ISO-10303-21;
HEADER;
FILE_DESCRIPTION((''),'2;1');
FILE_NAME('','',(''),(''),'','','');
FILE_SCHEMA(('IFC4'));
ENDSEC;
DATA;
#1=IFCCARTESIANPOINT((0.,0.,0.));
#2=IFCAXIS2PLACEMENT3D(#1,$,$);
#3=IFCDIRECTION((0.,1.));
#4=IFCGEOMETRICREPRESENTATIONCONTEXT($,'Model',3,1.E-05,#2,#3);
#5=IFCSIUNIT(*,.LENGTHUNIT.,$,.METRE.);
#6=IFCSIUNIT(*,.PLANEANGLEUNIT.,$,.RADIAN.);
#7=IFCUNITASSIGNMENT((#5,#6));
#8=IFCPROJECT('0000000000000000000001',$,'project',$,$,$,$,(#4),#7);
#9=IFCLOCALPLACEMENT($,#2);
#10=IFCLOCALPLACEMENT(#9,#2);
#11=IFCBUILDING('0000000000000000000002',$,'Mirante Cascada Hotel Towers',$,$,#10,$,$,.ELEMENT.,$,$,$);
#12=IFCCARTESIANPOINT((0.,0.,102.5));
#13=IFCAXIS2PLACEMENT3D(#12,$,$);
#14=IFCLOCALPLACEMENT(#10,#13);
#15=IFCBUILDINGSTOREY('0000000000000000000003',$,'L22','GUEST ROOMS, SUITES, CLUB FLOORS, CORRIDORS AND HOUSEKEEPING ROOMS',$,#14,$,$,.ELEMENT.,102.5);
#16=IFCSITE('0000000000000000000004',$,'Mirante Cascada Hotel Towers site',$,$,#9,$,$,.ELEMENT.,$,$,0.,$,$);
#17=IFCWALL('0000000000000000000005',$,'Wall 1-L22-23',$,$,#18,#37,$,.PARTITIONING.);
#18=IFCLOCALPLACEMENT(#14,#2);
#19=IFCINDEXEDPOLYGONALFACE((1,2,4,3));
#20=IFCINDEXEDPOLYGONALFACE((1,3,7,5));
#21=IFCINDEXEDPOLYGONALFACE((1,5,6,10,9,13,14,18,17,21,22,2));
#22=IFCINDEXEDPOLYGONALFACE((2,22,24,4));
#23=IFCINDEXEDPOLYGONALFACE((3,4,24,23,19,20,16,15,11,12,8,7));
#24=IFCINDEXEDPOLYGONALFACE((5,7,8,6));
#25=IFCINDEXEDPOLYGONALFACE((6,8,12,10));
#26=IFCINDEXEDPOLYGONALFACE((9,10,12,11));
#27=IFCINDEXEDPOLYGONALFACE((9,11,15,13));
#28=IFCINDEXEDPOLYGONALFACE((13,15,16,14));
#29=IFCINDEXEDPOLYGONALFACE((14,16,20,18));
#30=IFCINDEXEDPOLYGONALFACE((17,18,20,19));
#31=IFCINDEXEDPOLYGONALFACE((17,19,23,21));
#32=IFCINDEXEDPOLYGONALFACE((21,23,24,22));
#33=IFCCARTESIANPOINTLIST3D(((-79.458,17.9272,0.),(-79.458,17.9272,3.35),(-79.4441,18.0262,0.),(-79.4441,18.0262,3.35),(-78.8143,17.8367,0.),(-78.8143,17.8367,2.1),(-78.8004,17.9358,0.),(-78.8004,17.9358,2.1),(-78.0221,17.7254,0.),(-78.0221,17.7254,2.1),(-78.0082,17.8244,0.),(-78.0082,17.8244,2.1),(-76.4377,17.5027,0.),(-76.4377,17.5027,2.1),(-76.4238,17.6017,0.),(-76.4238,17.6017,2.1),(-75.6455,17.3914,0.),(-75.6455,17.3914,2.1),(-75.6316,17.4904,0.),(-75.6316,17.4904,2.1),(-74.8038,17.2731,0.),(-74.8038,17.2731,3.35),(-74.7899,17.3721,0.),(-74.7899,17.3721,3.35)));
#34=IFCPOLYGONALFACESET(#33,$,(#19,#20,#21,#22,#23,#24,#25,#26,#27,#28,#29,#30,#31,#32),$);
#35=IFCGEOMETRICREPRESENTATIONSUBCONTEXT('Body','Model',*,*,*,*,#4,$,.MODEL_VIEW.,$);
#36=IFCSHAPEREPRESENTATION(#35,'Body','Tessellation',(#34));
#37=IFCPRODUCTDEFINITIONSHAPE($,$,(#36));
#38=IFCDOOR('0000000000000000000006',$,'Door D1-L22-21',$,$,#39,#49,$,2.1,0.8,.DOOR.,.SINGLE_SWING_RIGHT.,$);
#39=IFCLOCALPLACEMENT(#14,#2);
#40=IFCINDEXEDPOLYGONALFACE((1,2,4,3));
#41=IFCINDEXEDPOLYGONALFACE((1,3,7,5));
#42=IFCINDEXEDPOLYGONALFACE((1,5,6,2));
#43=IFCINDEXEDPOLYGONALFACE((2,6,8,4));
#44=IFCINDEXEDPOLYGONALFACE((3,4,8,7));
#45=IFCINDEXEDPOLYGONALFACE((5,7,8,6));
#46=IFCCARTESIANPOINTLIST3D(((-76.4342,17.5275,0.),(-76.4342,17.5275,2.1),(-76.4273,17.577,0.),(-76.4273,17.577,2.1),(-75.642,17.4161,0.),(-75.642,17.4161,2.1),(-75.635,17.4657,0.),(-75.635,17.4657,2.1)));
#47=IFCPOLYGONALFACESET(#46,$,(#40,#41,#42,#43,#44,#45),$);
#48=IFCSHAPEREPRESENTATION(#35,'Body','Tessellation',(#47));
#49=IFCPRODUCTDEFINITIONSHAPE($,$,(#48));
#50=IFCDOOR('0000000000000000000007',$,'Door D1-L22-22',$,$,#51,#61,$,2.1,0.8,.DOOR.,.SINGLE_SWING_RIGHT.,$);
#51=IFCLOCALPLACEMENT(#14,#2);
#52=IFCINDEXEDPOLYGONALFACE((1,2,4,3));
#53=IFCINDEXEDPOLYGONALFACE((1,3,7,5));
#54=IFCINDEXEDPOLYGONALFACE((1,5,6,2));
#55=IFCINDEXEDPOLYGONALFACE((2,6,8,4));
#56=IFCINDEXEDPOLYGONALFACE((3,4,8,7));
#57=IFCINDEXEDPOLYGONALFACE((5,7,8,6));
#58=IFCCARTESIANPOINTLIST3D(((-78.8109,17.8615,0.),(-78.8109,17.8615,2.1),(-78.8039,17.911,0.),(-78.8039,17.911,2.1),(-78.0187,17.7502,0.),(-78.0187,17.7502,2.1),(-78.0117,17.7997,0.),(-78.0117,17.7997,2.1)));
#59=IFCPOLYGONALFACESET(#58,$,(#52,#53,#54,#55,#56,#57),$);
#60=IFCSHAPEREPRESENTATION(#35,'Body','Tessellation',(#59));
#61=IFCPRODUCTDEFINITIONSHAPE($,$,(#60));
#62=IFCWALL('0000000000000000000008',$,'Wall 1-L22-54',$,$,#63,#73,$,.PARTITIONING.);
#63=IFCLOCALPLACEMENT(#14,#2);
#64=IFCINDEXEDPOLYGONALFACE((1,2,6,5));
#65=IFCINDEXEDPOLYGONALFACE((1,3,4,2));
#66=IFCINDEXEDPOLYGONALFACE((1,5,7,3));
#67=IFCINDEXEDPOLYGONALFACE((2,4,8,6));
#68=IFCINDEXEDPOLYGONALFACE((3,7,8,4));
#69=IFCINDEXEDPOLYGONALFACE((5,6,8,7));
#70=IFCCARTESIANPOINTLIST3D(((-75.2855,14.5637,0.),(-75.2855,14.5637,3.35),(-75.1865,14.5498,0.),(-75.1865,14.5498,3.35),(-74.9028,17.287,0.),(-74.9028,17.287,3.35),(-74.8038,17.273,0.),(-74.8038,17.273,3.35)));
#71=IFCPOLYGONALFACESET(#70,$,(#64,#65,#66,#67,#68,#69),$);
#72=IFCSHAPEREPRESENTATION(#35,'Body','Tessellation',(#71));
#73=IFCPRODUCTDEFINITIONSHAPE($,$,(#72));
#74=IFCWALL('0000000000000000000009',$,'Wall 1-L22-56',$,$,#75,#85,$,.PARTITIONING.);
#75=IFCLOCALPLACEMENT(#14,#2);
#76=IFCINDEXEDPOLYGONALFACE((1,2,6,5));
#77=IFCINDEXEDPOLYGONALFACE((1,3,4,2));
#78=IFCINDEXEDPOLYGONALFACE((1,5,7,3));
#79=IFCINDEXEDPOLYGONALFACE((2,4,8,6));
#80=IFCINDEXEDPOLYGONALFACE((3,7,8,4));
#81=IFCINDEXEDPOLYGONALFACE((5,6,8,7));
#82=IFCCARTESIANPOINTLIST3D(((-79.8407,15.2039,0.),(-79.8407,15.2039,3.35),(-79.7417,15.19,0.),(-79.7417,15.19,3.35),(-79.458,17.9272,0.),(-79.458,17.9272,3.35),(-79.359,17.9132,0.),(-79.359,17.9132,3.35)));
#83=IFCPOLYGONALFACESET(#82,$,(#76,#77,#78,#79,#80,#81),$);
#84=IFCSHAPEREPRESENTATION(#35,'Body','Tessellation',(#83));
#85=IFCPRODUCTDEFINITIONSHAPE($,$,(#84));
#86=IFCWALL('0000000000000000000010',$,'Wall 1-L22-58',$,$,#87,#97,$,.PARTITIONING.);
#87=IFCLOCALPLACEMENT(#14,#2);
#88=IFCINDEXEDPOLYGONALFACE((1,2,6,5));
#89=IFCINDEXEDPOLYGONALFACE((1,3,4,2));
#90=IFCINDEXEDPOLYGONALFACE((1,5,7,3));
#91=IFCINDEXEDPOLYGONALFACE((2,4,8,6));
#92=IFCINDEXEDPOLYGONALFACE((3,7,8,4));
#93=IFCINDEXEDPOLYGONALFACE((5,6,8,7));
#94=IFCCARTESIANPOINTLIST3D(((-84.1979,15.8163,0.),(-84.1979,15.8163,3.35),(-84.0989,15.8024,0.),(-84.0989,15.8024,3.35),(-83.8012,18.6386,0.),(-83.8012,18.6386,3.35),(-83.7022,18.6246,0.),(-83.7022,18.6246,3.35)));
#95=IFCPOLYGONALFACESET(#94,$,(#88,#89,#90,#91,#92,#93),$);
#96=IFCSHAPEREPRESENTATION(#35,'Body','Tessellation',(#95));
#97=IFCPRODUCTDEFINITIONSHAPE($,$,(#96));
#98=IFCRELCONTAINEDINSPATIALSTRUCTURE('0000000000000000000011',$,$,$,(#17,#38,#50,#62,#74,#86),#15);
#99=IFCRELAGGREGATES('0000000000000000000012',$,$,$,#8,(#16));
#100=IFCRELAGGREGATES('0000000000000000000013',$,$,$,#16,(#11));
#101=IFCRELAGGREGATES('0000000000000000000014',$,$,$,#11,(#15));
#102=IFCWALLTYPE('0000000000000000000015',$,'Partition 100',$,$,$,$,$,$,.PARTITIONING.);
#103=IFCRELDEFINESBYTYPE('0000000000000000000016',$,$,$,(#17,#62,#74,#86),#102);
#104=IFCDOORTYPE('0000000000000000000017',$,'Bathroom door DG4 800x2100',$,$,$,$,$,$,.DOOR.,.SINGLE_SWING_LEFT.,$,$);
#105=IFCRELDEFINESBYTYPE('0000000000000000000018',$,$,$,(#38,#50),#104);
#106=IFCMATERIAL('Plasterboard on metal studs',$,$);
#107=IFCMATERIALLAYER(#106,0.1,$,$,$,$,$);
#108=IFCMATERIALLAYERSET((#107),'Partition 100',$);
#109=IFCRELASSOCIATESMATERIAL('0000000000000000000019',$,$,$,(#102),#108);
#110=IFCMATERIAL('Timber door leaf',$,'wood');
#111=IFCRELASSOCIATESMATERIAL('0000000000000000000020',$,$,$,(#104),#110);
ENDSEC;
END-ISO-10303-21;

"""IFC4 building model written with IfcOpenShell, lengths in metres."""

from ifc_helpers import new_model, si_unit, direction, frame, frame_2d, origin, place, context, subcontext, project, spatial, rectangle, extrude, material, layer, layer_set, type_object, element, fill, save


model = new_model("IFC4")

# Units and contexts
model_context = context("Model", 3, precision=1e-05, world=origin(), true_north=direction((0.0, 1.0)))
body_context = subcontext(model_context, "Body", "Model", "MODEL_VIEW")
ifc_project = project(units=[si_unit("LENGTHUNIT", "METRE"), si_unit("PLANEANGLEUNIT", "RADIAN")], contexts=[model_context])

# Site, building, storey
site_placement = place(None, origin())
site = spatial("IfcSite", under=ifc_project, at=site_placement, Name="Mirante Cascada Hotel Towers site", CompositionType="ELEMENT", RefElevation=0.0)
building_placement = place(site_placement, origin())
building = spatial("IfcBuilding", under=site, at=building_placement, Name="Mirante Cascada Hotel Towers", CompositionType="ELEMENT")
storey_placement = place(building_placement, frame((0.0, 0.0, 102.5)))
storey = spatial("IfcBuildingStorey", under=building, at=storey_placement, Name="L22", Description="GUEST ROOMS, SUITES, CLUB FLOORS, CORRIDORS AND HOUSEKEEPING ROOMS", CompositionType="ELEMENT", Elevation=102.5)

# Shared definitions
ifc_material_1 = material(Name="Plasterboard on metal studs")
ifc_layer_1 = layer(ifc_material_1, 0.1)
ifc_layer_set_1 = layer_set([ifc_layer_1], Name="Partition 100")
wall_type_1 = type_object("IfcWallType", Name="Partition 100", PredefinedType="PARTITIONING", material=ifc_layer_set_1)
ifc_material_2 = material(Name="Timber door leaf", Category="wood")
door_type = type_object("IfcDoorType", Name="Bathroom door DG4 800x2100", OperationType="SINGLE_SWING_LEFT", PredefinedType="DOOR", material=ifc_material_2)

# Wall, openings, doors
wall_1_placement = place(storey_placement, frame((-74.7968, 17.3226, 0.0), z_axis=(0.0, 0.0, 1.0), x_axis=(-0.990268, 0.139172, 0.0)))
wall_1 = element("IfcWall", 1, at=wall_1_placement, inside=storey, type_object=wall_type_1, Name="Wall 1-L22-23", PredefinedType="PARTITIONING", context=body_context, shape_type="SweptSolid", body=[
    extrude(rectangle(XDim=4.6999, YDim=0.1, at=frame_2d((2.35, 0.0))), origin(), (0.0, 0.0, 1.0), 3.35),
])
opening_1_placement = place(wall_1_placement, frame((0.85, 0.0, 0.0)))
opening_1 = element("IfcOpeningElement", 2, at=opening_1_placement, cuts=wall_1, PredefinedType="OPENING", context=body_context, shape_type="SweptSolid", body=[
    extrude(rectangle(XDim=0.8, YDim=2.1, at=frame_2d((0.4, 1.05))), frame((0.0, 0.05, 0.0), z_axis=(0.0, -1.0, 0.0), x_axis=(1.0, 0.0, 0.0)), (0.0, 0.0, 1.0), 0.1),
])
opening_2_placement = place(wall_1_placement, frame((3.25, 0.0, 0.0)))
opening_2 = element("IfcOpeningElement", 3, at=opening_2_placement, cuts=wall_1, PredefinedType="OPENING", context=body_context, shape_type="SweptSolid", body=[
    extrude(rectangle(XDim=0.8, YDim=2.1, at=frame_2d((0.4, 1.05))), frame((0.0, 0.05, 0.0), z_axis=(0.0, -1.0, 0.0), x_axis=(1.0, 0.0, 0.0)), (0.0, 0.0, 1.0), 0.1),
])
door_1_placement = place(opening_1_placement, frame((0.8, 0.0, 0.0), z_axis=(0.0, 0.0, 1.0), x_axis=(-1.0, 0.0, 0.0)))
door_1 = element("IfcDoor", 4, at=door_1_placement, inside=storey, type_object=door_type, Name="Door D1-L22-21", OperationType="SINGLE_SWING_RIGHT", OverallHeight=2.1, OverallWidth=0.8, PredefinedType="DOOR", context=body_context, shape_type="SweptSolid", body=[
    extrude(rectangle(XDim=0.8, YDim=2.1, at=frame_2d((0.4, 1.05))), frame((0.0, 0.025, 0.0), z_axis=(0.0, -1.0, 0.0), x_axis=(1.0, 0.0, 0.0)), (0.0, 0.0, 1.0), 0.05),
])
fill(opening_1, door_1)
door_2_placement = place(opening_2_placement, frame((0.8, 0.0, 0.0), z_axis=(0.0, 0.0, 1.0), x_axis=(-1.0, 0.0, 0.0)))
door_2 = element("IfcDoor", 5, at=door_2_placement, inside=storey, type_object=door_type, Name="Door D1-L22-22", OperationType="SINGLE_SWING_RIGHT", OverallHeight=2.1, OverallWidth=0.8, PredefinedType="DOOR", context=body_context, shape_type="SweptSolid", body=[
    extrude(rectangle(XDim=0.8, YDim=2.1, at=frame_2d((0.4, 1.05))), frame((0.0, 0.025, 0.0), z_axis=(0.0, -1.0, 0.0), x_axis=(1.0, 0.0, 0.0)), (0.0, 0.0, 1.0), 0.05),
])
fill(opening_2, door_2)

# Walls
for number, where, z_axis, x_axis, name in (
    (6, (-74.8533, 17.28, 0.0), (0.0, 0.0, 1.0), (-0.139166, -0.990269, 0.0), "Wall 1-L22-54"),
    (7, (-79.4085, 17.9202, 0.0), (0.0, 0.0, 1.0), (-0.139166, -0.990269, 0.0), "Wall 1-L22-56"),
):
    element("IfcWall", number, at=place(storey_placement, frame(where, z_axis=z_axis, x_axis=x_axis)), inside=storey, type_object=wall_type_1, Name=name, PredefinedType="PARTITIONING", context=body_context, shape_type="SweptSolid", body=[
        extrude(rectangle(XDim=2.75, YDim=0.1, at=frame_2d((1.375, 0.0))), origin(), (0.0, 0.0, 1.0), 3.35),
    ])
wall_2_placement = place(storey_placement, frame((-83.7517, 18.6316, 0.0), z_axis=(0.0, 0.0, 1.0), x_axis=(-0.139191, -0.990266, 0.0)))
element("IfcWall", 8, at=wall_2_placement, inside=storey, type_object=wall_type_1, Name="Wall 1-L22-58", PredefinedType="PARTITIONING", context=body_context, shape_type="SweptSolid", body=[
    extrude(rectangle(XDim=2.85, YDim=0.1, at=frame_2d((1.425, 0.0))), origin(), (0.0, 0.0, 1.0), 3.35),
])

save(model, "model.ifc")
